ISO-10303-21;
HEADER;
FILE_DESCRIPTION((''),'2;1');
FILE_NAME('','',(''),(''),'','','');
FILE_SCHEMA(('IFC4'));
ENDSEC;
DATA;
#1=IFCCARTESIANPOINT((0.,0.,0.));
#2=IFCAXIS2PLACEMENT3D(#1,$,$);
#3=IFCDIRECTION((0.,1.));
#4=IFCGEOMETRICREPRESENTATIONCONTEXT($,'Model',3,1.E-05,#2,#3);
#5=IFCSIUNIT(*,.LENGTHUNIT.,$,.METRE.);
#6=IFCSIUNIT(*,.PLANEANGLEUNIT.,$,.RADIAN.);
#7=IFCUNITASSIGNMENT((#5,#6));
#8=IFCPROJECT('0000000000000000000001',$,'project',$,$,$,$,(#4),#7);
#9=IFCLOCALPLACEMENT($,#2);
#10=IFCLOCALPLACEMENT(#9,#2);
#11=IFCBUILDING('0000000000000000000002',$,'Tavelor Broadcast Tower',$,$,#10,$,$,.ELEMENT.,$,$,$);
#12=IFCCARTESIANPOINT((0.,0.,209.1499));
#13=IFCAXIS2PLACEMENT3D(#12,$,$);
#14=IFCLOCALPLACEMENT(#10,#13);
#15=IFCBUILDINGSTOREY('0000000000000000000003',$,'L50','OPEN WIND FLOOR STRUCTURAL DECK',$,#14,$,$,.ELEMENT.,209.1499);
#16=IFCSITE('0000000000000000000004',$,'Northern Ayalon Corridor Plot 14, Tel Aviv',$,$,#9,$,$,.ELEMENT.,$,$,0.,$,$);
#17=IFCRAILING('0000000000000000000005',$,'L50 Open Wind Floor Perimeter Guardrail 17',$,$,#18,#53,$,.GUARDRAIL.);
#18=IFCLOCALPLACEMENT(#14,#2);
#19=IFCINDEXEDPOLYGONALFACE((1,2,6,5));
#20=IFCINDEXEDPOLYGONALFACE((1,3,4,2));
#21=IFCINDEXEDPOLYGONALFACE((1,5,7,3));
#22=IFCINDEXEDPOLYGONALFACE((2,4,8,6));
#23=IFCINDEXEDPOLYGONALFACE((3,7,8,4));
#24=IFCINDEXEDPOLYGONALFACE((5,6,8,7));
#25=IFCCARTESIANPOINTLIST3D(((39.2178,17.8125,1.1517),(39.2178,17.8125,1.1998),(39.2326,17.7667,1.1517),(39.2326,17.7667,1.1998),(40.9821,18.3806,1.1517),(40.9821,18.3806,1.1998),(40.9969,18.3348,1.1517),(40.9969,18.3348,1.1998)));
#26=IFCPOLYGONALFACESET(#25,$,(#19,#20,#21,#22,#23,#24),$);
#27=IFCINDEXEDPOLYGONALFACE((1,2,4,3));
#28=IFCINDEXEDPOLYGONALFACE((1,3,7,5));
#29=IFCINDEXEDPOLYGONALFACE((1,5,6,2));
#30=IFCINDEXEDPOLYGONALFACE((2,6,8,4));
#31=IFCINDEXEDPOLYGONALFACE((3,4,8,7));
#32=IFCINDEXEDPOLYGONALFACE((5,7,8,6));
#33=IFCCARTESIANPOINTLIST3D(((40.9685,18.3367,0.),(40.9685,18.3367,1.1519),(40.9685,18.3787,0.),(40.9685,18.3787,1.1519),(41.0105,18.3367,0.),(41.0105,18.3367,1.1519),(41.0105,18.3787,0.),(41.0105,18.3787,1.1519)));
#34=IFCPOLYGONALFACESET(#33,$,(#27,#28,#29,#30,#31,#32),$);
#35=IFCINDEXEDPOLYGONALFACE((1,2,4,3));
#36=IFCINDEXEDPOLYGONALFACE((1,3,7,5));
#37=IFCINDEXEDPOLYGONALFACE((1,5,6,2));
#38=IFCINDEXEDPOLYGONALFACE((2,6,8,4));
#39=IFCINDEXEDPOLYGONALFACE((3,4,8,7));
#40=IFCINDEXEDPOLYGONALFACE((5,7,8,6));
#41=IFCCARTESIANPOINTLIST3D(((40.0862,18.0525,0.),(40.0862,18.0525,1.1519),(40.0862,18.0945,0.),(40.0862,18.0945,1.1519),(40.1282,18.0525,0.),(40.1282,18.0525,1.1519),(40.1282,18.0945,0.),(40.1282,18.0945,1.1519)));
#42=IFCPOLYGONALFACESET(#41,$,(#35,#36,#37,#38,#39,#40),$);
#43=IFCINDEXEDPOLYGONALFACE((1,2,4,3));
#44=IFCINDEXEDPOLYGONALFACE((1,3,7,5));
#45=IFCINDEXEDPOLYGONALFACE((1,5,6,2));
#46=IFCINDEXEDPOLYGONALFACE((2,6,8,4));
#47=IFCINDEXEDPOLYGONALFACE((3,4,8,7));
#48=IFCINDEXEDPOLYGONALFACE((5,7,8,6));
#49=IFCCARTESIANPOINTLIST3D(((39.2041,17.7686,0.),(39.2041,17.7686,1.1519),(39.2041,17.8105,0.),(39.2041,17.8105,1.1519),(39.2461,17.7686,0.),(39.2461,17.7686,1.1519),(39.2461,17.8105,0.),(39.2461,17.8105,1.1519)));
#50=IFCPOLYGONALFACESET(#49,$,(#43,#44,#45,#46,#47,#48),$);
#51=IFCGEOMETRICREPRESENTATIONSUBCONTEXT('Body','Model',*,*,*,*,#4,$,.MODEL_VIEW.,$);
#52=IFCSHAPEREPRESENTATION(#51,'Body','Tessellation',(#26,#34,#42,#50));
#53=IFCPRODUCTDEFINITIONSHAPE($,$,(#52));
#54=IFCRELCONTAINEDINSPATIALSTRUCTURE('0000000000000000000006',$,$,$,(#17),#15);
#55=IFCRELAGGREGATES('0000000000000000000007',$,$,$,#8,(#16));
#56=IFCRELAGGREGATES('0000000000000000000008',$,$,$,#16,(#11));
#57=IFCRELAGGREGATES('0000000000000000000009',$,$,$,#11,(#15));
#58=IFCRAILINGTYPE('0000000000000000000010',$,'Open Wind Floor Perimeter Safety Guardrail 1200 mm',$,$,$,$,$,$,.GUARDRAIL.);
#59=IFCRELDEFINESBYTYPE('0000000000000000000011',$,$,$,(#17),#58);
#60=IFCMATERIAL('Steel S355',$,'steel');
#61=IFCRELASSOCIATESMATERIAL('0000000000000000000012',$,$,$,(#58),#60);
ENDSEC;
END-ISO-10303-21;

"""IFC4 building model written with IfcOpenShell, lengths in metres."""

from ifc_helpers import new_model, si_unit, direction, frame, origin, origin_2d, place, context, subcontext, project, spatial, rectangle, extrude, material, type_object, element, save


model = new_model("IFC4")

# Units and contexts
model_context = context("Model", 3, precision=1e-05, world=origin(), true_north=direction((0.0, 1.0)))
body_context = subcontext(model_context, "Body", "Model", "MODEL_VIEW")
ifc_project = project(units=[si_unit("LENGTHUNIT", "METRE"), si_unit("PLANEANGLEUNIT", "RADIAN")], contexts=[model_context])

# Site, building, storey
site_placement = place(None, origin())
site = spatial("IfcSite", under=ifc_project, at=site_placement, Name="Northern Ayalon Corridor Plot 14, Tel Aviv", CompositionType="ELEMENT", RefElevation=0.0)
building_placement = place(site_placement, origin())
building = spatial("IfcBuilding", under=site, at=building_placement, Name="Tavelor Broadcast Tower", CompositionType="ELEMENT")
storey_placement = place(building_placement, frame((0.0, 0.0, 209.1499)))
storey = spatial("IfcBuildingStorey", under=building, at=storey_placement, Name="L50", Description="OPEN WIND FLOOR STRUCTURAL DECK", CompositionType="ELEMENT", Elevation=209.1499)

# Shared definitions
ifc_material_1 = material(Name="Steel S355", Category="steel")

# Railing
railing_type = type_object("IfcRailingType", Name="Open Wind Floor Perimeter Safety Guardrail 1200 mm", PredefinedType="GUARDRAIL", material=ifc_material_1)
railing_1_placement = place(storey_placement, frame((40.9895, 18.3577, 0.0)))
element("IfcRailing", 1, at=railing_1_placement, inside=storey, type_object=railing_type, Name="L50 Open Wind Floor Perimeter Guardrail 17", PredefinedType="GUARDRAIL", context=body_context, shape_type="SweptSolid", body=[
    extrude(rectangle(XDim=0.0481, YDim=0.0481, at=origin_2d()), frame((0.0, 0.0, 1.1758), z_axis=(-0.951874, -0.306491, 0.0), x_axis=(0.306491, -0.951874, 0.0)), (0.0, 0.0, 1.0), 1.8535),
    extrude(rectangle(XDim=0.042, YDim=0.042, at=origin_2d()), origin(), (0.0, 0.0, 1.0), 1.1519),
    extrude(rectangle(XDim=0.042, YDim=0.042, at=origin_2d()), frame((-0.8823, -0.2842, 0.0)), (0.0, 0.0, 1.0), 1.1519),
    extrude(rectangle(XDim=0.042, YDim=0.042, at=origin_2d()), frame((-1.7644, -0.5681, 0.0)), (0.0, 0.0, 1.0), 1.1519),
])

save(model, "model.ifc")
